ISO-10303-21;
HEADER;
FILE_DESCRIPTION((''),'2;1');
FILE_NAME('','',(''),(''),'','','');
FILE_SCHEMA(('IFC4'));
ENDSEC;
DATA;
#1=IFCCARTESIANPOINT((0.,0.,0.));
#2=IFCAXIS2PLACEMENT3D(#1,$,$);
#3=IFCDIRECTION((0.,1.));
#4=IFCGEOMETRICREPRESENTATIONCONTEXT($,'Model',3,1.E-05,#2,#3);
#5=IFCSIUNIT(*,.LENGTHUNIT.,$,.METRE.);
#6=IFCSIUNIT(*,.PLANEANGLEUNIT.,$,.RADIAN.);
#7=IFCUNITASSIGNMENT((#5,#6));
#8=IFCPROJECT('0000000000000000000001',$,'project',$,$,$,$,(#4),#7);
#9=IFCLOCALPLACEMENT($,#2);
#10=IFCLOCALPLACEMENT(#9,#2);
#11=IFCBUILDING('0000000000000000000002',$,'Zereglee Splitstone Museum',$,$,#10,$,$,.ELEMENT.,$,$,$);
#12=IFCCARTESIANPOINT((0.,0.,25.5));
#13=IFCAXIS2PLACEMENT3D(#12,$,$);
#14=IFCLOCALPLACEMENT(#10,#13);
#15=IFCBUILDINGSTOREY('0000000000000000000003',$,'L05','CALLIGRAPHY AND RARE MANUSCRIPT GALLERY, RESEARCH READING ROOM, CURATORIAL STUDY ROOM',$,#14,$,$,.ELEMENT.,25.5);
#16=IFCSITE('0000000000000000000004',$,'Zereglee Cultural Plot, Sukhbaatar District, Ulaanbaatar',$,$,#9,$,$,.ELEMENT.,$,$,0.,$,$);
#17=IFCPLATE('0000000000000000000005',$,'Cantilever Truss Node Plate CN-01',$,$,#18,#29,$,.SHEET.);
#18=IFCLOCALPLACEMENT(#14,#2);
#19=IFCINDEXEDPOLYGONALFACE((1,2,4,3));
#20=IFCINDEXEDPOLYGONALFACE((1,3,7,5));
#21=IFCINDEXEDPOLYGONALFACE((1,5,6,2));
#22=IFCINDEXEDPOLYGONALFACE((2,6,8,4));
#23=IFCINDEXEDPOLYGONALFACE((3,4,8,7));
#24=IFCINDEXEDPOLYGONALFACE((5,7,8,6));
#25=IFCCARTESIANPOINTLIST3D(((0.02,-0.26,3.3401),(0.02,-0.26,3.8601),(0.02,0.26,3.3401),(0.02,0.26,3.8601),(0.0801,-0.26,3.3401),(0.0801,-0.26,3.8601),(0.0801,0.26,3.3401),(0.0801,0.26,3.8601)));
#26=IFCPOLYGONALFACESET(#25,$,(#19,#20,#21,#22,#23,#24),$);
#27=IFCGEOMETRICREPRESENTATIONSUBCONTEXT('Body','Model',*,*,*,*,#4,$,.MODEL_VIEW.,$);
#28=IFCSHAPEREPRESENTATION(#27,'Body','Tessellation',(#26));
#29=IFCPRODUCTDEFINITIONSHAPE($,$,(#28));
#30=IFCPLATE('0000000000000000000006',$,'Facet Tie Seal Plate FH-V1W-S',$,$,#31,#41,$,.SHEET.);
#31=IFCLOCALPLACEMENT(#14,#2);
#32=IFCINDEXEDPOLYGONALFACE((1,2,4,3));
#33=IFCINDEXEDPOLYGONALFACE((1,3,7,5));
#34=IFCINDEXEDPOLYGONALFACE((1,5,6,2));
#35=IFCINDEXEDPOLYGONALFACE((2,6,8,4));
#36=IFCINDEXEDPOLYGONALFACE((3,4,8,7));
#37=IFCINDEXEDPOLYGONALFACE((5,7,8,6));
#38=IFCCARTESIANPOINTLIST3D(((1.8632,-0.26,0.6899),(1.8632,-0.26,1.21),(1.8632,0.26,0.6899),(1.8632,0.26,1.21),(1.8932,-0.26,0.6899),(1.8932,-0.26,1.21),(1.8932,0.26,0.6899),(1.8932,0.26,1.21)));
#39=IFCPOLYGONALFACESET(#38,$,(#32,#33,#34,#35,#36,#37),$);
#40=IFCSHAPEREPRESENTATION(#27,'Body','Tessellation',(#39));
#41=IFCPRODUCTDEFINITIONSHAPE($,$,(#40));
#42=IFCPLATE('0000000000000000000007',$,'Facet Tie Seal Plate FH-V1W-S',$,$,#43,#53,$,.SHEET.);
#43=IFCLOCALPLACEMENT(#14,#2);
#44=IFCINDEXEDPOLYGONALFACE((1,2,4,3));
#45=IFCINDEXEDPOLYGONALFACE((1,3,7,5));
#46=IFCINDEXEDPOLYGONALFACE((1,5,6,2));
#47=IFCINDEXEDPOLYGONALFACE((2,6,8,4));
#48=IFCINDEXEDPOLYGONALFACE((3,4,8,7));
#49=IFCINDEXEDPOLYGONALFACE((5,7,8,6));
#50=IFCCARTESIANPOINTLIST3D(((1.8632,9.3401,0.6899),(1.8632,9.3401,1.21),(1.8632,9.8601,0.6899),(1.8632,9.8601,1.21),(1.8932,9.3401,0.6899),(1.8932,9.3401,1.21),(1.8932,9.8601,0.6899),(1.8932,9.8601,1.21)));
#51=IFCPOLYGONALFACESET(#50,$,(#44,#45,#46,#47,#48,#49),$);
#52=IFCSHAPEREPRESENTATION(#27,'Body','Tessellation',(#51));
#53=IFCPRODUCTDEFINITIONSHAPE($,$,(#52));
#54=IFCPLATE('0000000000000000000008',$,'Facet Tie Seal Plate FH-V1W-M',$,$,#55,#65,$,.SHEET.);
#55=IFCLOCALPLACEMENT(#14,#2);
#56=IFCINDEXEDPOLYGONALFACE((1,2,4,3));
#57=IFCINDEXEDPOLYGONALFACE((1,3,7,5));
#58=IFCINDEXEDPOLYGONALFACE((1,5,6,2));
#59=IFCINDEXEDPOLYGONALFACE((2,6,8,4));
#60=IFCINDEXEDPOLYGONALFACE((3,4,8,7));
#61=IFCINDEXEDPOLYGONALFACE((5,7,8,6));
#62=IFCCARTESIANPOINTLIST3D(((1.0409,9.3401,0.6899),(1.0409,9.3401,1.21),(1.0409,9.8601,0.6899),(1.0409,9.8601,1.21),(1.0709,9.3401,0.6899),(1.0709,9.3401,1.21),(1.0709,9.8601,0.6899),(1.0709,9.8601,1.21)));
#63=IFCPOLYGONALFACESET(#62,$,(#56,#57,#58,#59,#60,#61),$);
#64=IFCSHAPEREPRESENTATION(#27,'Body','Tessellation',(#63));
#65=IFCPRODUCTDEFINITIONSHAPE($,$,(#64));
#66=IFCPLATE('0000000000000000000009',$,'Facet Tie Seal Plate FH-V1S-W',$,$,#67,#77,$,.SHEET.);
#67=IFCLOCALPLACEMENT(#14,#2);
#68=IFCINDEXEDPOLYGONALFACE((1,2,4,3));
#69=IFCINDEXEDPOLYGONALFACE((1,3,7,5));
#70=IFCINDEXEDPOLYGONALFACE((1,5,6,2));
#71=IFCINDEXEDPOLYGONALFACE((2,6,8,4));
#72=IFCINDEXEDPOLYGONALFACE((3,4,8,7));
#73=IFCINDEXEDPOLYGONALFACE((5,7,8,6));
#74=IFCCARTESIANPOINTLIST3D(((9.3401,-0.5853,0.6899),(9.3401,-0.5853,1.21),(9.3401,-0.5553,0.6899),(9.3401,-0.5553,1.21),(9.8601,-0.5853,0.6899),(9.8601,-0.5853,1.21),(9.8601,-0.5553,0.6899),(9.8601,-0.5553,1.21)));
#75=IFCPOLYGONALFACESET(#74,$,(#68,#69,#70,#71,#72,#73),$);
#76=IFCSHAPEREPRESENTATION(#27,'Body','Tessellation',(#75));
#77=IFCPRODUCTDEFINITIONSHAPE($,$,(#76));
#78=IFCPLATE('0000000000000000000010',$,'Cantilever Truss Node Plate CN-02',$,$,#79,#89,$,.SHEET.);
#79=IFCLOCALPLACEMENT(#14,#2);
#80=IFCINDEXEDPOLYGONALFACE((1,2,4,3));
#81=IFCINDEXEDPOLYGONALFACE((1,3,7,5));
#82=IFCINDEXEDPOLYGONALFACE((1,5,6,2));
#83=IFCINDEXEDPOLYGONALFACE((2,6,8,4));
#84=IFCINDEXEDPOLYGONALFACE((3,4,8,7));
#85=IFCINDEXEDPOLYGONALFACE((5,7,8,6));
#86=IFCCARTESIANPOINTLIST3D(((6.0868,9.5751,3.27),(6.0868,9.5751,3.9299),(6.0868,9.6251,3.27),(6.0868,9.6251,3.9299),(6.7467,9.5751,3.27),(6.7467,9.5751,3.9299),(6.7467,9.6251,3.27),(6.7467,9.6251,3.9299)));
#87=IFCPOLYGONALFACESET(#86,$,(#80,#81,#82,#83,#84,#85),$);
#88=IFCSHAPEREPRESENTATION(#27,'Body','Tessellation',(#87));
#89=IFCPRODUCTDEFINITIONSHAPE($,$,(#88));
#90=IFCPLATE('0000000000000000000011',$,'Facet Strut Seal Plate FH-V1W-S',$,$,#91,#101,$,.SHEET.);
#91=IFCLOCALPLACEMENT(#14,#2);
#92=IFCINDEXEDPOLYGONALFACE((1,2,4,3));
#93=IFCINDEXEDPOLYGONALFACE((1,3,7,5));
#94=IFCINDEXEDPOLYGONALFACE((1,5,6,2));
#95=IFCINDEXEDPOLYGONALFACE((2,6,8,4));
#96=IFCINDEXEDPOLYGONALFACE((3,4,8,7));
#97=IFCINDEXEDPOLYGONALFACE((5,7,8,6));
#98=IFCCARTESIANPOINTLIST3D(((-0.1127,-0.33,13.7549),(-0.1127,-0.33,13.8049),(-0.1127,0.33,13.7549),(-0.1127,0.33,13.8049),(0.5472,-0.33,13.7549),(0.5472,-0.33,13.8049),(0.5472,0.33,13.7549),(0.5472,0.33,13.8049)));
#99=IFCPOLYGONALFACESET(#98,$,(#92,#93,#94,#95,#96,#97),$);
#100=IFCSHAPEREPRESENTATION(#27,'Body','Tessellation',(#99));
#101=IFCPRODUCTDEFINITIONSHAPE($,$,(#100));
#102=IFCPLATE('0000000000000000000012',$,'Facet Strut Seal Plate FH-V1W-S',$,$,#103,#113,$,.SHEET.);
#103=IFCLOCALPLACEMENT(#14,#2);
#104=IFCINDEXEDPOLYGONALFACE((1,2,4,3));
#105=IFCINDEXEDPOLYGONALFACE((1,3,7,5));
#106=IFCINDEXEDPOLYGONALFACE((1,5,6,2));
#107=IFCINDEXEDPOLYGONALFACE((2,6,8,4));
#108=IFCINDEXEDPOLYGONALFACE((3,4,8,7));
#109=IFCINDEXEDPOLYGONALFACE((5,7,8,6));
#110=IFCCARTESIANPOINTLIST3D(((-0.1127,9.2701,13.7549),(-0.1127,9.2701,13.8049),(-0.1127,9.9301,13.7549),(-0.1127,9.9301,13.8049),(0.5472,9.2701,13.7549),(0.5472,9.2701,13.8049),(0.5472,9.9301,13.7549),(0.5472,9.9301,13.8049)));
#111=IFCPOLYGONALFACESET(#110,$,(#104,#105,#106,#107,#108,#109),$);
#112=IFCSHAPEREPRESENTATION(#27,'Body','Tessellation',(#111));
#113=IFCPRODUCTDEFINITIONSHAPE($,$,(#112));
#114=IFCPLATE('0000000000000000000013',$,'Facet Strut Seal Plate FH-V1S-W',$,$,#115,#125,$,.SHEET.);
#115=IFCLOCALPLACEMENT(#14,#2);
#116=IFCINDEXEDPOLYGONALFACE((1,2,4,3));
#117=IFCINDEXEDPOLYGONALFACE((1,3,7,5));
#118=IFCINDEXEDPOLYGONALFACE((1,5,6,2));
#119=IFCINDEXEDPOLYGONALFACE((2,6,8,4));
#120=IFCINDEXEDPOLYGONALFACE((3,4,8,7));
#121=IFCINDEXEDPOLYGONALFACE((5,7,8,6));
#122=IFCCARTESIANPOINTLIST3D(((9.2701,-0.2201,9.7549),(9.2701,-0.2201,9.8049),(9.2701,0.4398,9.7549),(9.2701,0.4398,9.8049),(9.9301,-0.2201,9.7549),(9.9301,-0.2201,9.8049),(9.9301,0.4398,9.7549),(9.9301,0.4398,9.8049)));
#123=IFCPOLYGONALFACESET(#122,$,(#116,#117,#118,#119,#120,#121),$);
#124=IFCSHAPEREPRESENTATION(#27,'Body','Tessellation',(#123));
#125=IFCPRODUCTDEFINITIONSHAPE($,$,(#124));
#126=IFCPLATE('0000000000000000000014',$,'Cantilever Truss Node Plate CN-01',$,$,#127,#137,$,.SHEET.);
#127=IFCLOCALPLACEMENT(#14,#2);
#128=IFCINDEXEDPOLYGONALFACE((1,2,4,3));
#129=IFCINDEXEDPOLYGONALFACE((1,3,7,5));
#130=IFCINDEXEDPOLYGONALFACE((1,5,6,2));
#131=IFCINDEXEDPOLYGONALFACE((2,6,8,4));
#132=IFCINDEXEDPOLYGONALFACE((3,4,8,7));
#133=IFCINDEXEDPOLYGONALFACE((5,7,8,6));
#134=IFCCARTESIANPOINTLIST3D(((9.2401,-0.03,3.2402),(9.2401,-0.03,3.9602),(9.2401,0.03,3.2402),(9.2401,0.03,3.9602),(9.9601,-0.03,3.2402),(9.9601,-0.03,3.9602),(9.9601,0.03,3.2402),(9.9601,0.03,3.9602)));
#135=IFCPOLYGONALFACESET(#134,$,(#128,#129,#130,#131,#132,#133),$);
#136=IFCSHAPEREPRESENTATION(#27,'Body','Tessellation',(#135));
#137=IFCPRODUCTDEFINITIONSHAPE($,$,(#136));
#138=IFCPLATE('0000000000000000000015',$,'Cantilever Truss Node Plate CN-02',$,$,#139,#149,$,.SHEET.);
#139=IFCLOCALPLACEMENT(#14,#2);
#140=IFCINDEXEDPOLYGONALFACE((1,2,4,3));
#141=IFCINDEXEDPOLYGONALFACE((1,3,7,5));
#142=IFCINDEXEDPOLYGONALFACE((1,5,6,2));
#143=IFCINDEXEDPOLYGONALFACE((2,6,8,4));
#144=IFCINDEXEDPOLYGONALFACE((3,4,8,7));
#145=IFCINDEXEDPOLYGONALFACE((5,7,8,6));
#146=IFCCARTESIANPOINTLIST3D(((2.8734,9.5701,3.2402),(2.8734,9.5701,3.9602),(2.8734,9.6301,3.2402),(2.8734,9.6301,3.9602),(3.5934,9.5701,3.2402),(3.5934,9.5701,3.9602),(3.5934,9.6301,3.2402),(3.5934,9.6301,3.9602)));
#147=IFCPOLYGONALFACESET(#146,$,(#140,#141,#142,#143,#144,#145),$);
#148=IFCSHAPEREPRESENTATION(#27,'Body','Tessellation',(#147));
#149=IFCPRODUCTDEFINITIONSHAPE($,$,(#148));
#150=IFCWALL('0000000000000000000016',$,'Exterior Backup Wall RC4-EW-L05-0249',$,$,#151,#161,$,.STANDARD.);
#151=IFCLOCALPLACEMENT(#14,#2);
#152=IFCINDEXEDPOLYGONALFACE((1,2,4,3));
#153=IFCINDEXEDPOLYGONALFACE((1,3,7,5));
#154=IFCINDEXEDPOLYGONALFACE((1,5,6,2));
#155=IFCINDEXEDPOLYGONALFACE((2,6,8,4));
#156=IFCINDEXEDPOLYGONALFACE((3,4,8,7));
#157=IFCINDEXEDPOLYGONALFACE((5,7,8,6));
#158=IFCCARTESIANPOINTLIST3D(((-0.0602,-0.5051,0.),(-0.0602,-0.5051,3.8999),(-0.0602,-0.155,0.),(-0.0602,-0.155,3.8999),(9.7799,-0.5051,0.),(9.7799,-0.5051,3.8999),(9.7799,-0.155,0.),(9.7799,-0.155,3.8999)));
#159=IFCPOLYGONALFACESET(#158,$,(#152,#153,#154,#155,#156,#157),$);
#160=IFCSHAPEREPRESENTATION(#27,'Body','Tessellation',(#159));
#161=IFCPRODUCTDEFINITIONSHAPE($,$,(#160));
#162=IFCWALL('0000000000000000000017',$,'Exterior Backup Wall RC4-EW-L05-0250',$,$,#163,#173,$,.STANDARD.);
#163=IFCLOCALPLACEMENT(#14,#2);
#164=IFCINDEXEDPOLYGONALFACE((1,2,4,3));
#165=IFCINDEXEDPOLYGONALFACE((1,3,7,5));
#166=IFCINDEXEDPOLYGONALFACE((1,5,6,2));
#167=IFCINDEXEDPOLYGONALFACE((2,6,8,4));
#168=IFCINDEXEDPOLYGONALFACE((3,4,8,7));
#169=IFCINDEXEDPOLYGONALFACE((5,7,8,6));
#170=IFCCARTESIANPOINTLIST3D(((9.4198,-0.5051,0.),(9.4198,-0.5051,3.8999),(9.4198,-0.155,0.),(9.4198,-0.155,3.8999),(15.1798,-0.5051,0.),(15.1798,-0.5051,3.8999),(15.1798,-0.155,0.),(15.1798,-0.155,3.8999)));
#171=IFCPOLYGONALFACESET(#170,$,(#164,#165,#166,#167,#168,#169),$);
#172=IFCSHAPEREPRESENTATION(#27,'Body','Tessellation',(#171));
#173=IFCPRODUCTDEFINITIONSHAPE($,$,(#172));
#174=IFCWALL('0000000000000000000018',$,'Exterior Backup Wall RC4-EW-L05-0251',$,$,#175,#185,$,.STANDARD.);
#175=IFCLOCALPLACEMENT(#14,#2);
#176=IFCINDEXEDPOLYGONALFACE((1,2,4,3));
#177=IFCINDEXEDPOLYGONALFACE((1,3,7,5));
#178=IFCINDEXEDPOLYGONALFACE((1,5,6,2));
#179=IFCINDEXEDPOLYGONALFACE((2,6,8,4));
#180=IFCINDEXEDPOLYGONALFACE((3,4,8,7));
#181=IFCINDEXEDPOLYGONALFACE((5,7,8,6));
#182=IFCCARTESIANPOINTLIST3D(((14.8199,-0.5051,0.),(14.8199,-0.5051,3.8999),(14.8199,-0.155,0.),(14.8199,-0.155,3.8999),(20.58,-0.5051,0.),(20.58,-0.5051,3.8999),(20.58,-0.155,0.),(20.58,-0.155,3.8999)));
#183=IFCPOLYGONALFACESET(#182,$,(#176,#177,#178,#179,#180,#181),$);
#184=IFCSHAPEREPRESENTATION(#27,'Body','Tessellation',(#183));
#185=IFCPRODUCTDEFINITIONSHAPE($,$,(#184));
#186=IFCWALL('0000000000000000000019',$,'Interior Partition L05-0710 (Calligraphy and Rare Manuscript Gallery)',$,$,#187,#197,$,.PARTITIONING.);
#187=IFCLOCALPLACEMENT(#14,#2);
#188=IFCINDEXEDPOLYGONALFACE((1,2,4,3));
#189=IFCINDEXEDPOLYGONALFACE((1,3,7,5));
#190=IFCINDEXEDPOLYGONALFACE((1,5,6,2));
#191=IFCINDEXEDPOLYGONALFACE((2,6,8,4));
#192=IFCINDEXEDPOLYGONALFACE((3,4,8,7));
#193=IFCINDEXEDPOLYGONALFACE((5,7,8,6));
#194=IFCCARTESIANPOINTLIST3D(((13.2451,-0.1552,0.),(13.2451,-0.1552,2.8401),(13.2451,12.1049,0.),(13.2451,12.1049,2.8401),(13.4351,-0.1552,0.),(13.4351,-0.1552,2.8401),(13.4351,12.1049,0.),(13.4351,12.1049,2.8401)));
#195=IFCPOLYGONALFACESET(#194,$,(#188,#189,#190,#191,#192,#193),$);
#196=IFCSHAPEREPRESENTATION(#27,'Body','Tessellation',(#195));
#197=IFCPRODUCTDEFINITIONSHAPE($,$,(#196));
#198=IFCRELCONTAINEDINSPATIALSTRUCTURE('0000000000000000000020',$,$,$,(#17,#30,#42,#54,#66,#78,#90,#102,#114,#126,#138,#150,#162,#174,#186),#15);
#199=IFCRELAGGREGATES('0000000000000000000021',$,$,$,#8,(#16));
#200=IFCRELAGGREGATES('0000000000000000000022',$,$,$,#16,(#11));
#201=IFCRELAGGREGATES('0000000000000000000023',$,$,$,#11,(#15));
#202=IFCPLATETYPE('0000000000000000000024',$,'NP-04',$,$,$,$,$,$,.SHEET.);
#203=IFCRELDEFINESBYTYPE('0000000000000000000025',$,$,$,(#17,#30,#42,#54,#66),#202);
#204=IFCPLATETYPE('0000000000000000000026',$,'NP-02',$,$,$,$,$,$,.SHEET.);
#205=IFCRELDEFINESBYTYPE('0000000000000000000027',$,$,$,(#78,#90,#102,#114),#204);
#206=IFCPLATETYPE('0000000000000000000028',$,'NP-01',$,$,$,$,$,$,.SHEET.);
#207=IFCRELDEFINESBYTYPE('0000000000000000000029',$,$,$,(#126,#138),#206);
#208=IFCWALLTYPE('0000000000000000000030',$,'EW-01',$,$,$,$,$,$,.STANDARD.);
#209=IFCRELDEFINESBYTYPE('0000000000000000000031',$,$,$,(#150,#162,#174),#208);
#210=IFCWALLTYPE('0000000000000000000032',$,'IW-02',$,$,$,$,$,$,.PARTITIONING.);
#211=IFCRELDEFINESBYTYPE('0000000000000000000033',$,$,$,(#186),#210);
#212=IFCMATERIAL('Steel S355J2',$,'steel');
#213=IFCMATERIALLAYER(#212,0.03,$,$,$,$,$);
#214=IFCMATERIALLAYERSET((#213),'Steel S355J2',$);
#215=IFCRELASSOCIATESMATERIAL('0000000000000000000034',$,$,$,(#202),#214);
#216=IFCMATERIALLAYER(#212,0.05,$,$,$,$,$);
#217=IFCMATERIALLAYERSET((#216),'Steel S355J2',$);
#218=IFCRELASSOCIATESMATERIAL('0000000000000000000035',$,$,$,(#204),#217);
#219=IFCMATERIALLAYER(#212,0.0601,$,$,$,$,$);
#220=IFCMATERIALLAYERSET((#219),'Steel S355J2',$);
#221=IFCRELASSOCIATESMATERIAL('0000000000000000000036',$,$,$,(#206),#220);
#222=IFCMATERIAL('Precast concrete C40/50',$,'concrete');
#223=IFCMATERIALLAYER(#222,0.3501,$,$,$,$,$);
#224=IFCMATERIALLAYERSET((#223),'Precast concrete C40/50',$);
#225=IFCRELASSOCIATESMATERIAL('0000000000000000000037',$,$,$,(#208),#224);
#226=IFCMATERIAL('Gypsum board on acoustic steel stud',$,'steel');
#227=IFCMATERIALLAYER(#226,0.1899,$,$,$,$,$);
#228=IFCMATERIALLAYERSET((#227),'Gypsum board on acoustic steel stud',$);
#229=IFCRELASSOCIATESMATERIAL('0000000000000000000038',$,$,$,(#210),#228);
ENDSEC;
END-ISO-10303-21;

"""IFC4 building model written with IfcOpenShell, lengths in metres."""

from ifc_helpers import new_model, si_unit, direction, frame, frame_2d, origin, origin_2d, place, context, subcontext, project, spatial, rectangle, extrude, material, layer, layer_set, type_object, element, save


model = new_model("IFC4")

# Units and contexts
model_context = context("Model", 3, precision=1e-05, world=origin(), true_north=direction((0.0, 1.0)))
body_context = subcontext(model_context, "Body", "Model", "MODEL_VIEW")
ifc_project = project(units=[si_unit("LENGTHUNIT", "METRE"), si_unit("PLANEANGLEUNIT", "RADIAN")], contexts=[model_context])

# Site, building, storey
site_placement = place(None, origin())
site = spatial("IfcSite", under=ifc_project, at=site_placement, Name="Zereglee Cultural Plot, Sukhbaatar District, Ulaanbaatar", CompositionType="ELEMENT", RefElevation=0.0)
building_placement = place(site_placement, origin())
building = spatial("IfcBuilding", under=site, at=building_placement, Name="Zereglee Splitstone Museum", CompositionType="ELEMENT")
storey_placement = place(building_placement, frame((0.0, 0.0, 25.5)))
storey = spatial("IfcBuildingStorey", under=building, at=storey_placement, Name="L05", Description="CALLIGRAPHY AND RARE MANUSCRIPT GALLERY, RESEARCH READING ROOM, CURATORIAL STUDY ROOM", CompositionType="ELEMENT", Elevation=25.5)

# Plates
ifc_material_1 = material(Name="Steel S355J2", Category="steel")
ifc_layer_1 = layer(ifc_material_1, 0.03)
ifc_layer_set_1 = layer_set([ifc_layer_1], Name="Steel S355J2")
plate_type_1 = type_object("IfcPlateType", Name="NP-04", PredefinedType="SHEET", material=ifc_layer_set_1)
plate_1_placement = place(storey_placement, frame((0.05, 0.0, 3.3401), z_axis=(0.0, 0.0, 1.0), x_axis=(1.0, 0.0, 0.0)))
element("IfcPlate", 1, at=plate_1_placement, inside=storey, type_object=plate_type_1, Name="Cantilever Truss Node Plate CN-01", PredefinedType="SHEET", context=body_context, shape_type="SweptSolid", body=[
    extrude(rectangle(XDim=0.0601, YDim=0.52, at=origin_2d()), origin(), (0.0, 0.0, 1.0), 0.52),
])
for number, where, z_axis, x_axis, name in (
    (2, (1.8782, 0.0, 0.6899), (0.0, 0.0, 1.0), (1.0, 0.0, 0.0), "Facet Tie Seal Plate FH-V1W-S"),
    (3, (1.8782, 9.6001, 0.6899), (0.0, 0.0, 1.0), (1.0, 0.0, 0.0), "Facet Tie Seal Plate FH-V1W-S"),
    (4, (1.0559, 9.6001, 0.6899), (0.0, 0.0, 1.0), (1.0, 0.0, 0.0), "Facet Tie Seal Plate FH-V1W-M"),
):
    element("IfcPlate", number, at=place(storey_placement, frame(where, z_axis=z_axis, x_axis=x_axis)), inside=storey, type_object=plate_type_1, Name=name, PredefinedType="SHEET", context=body_context, shape_type="SweptSolid", body=[
        extrude(rectangle(XDim=0.03, YDim=0.52, at=origin_2d()), origin(), (0.0, 0.0, 1.0), 0.52),
    ])
plate_2_placement = place(storey_placement, frame((9.6001, -0.5703, 0.6899), z_axis=(0.0, 0.0, 1.0), x_axis=(1.0, 0.0, 0.0)))
element("IfcPlate", 5, at=plate_2_placement, inside=storey, type_object=plate_type_1, Name="Facet Tie Seal Plate FH-V1S-W", PredefinedType="SHEET", context=body_context, shape_type="SweptSolid", body=[
    extrude(rectangle(XDim=0.52, YDim=0.03, at=origin_2d()), origin(), (0.0, 0.0, 1.0), 0.52),
])
ifc_layer_2 = layer(ifc_material_1, 0.05)
ifc_layer_set_2 = layer_set([ifc_layer_2], Name="Steel S355J2")
plate_type_2 = type_object("IfcPlateType", Name="NP-02", PredefinedType="SHEET", material=ifc_layer_set_2)
plate_3_placement = place(storey_placement, frame((6.4167, 9.6001, 3.27), z_axis=(0.0, 0.0, 1.0), x_axis=(1.0, 0.0, 0.0)))
element("IfcPlate", 6, at=plate_3_placement, inside=storey, type_object=plate_type_2, Name="Cantilever Truss Node Plate CN-02", PredefinedType="SHEET", context=body_context, shape_type="SweptSolid", body=[
    extrude(rectangle(XDim=0.6599, YDim=0.05, at=origin_2d()), origin(), (0.0, 0.0, 1.0), 0.6599),
])
for number, where, z_axis, x_axis, name in (
    (7, (0.2173, 0.0, 13.7549), (0.0, 0.0, 1.0), (1.0, 0.0, 0.0), "Facet Strut Seal Plate FH-V1W-S"),
    (8, (0.2173, 9.6001, 13.7549), (0.0, 0.0, 1.0), (1.0, 0.0, 0.0), "Facet Strut Seal Plate FH-V1W-S"),
    (9, (9.6001, 0.1099, 9.7549), (0.0, 0.0, 1.0), (1.0, 0.0, 0.0), "Facet Strut Seal Plate FH-V1S-W"),
):
    element("IfcPlate", number, at=place(storey_placement, frame(where, z_axis=z_axis, x_axis=x_axis)), inside=storey, type_object=plate_type_2, Name=name, PredefinedType="SHEET", context=body_context, shape_type="SweptSolid", body=[
        extrude(rectangle(XDim=0.6599, YDim=0.6599, at=origin_2d()), origin(), (0.0, 0.0, 1.0), 0.05),
    ])
ifc_layer_3 = layer(ifc_material_1, 0.0601)
ifc_layer_set_3 = layer_set([ifc_layer_3], Name="Steel S355J2")
plate_type_3 = type_object("IfcPlateType", Name="NP-01", PredefinedType="SHEET", material=ifc_layer_set_3)
for number, where, z_axis, x_axis, name in (
    (10, (9.6001, 0.0, 3.2402), (0.0, 0.0, 1.0), (1.0, 0.0, 0.0), "Cantilever Truss Node Plate CN-01"),
    (11, (3.2334, 9.6001, 3.2402), (0.0, 0.0, 1.0), (1.0, 0.0, 0.0), "Cantilever Truss Node Plate CN-02"),
):
    element("IfcPlate", number, at=place(storey_placement, frame(where, z_axis=z_axis, x_axis=x_axis)), inside=storey, type_object=plate_type_3, Name=name, PredefinedType="SHEET", context=body_context, shape_type="SweptSolid", body=[
        extrude(rectangle(XDim=0.72, YDim=0.0601, at=origin_2d()), origin(), (0.0, 0.0, 1.0), 0.72),
    ])

# Walls
ifc_material_2 = material(Name="Precast concrete C40/50", Category="concrete")
ifc_layer_4 = layer(ifc_material_2, 0.3501)
ifc_layer_set_4 = layer_set([ifc_layer_4], Name="Precast concrete C40/50")
wall_type_1 = type_object("IfcWallType", Name="EW-01", PredefinedType="STANDARD", material=ifc_layer_set_4)
wall_1_placement = place(storey_placement, frame((-0.0601, -0.3301, 0.0), z_axis=(0.0, 0.0, 1.0), x_axis=(1.0, 0.0, 0.0)))
element("IfcWall", 12, at=wall_1_placement, inside=storey, type_object=wall_type_1, Name="Exterior Backup Wall RC4-EW-L05-0249", PredefinedType="STANDARD", context=body_context, shape_type="SweptSolid", body=[
    extrude(rectangle(XDim=9.8401, YDim=0.3501, at=frame_2d((4.9199, 0.0))), origin(), (0.0, 0.0, 1.0), 3.8999),
])
for number, where, z_axis, x_axis, name in (
    (13, (9.4199, -0.3301, 0.0), (0.0, 0.0, 1.0), (1.0, 0.0, 0.0), "Exterior Backup Wall RC4-EW-L05-0250"),
    (14, (14.8201, -0.3301, 0.0), (0.0, 0.0, 1.0), (1.0, 0.0, 0.0), "Exterior Backup Wall RC4-EW-L05-0251"),
):
    element("IfcWall", number, at=place(storey_placement, frame(where, z_axis=z_axis, x_axis=x_axis)), inside=storey, type_object=wall_type_1, Name=name, PredefinedType="STANDARD", context=body_context, shape_type="SweptSolid", body=[
        extrude(rectangle(XDim=5.76, YDim=0.3501, at=frame_2d((2.8799, 0.0))), origin(), (0.0, 0.0, 1.0), 3.8999),
    ])
ifc_material_3 = material(Name="Gypsum board on acoustic steel stud", Category="steel")
ifc_layer_5 = layer(ifc_material_3, 0.1899)
ifc_layer_set_5 = layer_set([ifc_layer_5], Name="Gypsum board on acoustic steel stud")
wall_type_2 = type_object("IfcWallType", Name="IW-02", PredefinedType="PARTITIONING", material=ifc_layer_set_5)
wall_2_placement = place(storey_placement, frame((13.3401, -0.155, 0.0), z_axis=(0.0, 0.0, 1.0), x_axis=(0.0, 1.0, 0.0)))
element("IfcWall", 15, at=wall_2_placement, inside=storey, type_object=wall_type_2, Name="Interior Partition L05-0710 (Calligraphy and Rare Manuscript Gallery)", PredefinedType="PARTITIONING", context=body_context, shape_type="SweptSolid", body=[
    extrude(rectangle(XDim=12.26, YDim=0.1899, at=frame_2d((6.1299, 0.0))), origin(), (0.0, 0.0, 1.0), 2.8401),
])

save(model, "model.ifc")
